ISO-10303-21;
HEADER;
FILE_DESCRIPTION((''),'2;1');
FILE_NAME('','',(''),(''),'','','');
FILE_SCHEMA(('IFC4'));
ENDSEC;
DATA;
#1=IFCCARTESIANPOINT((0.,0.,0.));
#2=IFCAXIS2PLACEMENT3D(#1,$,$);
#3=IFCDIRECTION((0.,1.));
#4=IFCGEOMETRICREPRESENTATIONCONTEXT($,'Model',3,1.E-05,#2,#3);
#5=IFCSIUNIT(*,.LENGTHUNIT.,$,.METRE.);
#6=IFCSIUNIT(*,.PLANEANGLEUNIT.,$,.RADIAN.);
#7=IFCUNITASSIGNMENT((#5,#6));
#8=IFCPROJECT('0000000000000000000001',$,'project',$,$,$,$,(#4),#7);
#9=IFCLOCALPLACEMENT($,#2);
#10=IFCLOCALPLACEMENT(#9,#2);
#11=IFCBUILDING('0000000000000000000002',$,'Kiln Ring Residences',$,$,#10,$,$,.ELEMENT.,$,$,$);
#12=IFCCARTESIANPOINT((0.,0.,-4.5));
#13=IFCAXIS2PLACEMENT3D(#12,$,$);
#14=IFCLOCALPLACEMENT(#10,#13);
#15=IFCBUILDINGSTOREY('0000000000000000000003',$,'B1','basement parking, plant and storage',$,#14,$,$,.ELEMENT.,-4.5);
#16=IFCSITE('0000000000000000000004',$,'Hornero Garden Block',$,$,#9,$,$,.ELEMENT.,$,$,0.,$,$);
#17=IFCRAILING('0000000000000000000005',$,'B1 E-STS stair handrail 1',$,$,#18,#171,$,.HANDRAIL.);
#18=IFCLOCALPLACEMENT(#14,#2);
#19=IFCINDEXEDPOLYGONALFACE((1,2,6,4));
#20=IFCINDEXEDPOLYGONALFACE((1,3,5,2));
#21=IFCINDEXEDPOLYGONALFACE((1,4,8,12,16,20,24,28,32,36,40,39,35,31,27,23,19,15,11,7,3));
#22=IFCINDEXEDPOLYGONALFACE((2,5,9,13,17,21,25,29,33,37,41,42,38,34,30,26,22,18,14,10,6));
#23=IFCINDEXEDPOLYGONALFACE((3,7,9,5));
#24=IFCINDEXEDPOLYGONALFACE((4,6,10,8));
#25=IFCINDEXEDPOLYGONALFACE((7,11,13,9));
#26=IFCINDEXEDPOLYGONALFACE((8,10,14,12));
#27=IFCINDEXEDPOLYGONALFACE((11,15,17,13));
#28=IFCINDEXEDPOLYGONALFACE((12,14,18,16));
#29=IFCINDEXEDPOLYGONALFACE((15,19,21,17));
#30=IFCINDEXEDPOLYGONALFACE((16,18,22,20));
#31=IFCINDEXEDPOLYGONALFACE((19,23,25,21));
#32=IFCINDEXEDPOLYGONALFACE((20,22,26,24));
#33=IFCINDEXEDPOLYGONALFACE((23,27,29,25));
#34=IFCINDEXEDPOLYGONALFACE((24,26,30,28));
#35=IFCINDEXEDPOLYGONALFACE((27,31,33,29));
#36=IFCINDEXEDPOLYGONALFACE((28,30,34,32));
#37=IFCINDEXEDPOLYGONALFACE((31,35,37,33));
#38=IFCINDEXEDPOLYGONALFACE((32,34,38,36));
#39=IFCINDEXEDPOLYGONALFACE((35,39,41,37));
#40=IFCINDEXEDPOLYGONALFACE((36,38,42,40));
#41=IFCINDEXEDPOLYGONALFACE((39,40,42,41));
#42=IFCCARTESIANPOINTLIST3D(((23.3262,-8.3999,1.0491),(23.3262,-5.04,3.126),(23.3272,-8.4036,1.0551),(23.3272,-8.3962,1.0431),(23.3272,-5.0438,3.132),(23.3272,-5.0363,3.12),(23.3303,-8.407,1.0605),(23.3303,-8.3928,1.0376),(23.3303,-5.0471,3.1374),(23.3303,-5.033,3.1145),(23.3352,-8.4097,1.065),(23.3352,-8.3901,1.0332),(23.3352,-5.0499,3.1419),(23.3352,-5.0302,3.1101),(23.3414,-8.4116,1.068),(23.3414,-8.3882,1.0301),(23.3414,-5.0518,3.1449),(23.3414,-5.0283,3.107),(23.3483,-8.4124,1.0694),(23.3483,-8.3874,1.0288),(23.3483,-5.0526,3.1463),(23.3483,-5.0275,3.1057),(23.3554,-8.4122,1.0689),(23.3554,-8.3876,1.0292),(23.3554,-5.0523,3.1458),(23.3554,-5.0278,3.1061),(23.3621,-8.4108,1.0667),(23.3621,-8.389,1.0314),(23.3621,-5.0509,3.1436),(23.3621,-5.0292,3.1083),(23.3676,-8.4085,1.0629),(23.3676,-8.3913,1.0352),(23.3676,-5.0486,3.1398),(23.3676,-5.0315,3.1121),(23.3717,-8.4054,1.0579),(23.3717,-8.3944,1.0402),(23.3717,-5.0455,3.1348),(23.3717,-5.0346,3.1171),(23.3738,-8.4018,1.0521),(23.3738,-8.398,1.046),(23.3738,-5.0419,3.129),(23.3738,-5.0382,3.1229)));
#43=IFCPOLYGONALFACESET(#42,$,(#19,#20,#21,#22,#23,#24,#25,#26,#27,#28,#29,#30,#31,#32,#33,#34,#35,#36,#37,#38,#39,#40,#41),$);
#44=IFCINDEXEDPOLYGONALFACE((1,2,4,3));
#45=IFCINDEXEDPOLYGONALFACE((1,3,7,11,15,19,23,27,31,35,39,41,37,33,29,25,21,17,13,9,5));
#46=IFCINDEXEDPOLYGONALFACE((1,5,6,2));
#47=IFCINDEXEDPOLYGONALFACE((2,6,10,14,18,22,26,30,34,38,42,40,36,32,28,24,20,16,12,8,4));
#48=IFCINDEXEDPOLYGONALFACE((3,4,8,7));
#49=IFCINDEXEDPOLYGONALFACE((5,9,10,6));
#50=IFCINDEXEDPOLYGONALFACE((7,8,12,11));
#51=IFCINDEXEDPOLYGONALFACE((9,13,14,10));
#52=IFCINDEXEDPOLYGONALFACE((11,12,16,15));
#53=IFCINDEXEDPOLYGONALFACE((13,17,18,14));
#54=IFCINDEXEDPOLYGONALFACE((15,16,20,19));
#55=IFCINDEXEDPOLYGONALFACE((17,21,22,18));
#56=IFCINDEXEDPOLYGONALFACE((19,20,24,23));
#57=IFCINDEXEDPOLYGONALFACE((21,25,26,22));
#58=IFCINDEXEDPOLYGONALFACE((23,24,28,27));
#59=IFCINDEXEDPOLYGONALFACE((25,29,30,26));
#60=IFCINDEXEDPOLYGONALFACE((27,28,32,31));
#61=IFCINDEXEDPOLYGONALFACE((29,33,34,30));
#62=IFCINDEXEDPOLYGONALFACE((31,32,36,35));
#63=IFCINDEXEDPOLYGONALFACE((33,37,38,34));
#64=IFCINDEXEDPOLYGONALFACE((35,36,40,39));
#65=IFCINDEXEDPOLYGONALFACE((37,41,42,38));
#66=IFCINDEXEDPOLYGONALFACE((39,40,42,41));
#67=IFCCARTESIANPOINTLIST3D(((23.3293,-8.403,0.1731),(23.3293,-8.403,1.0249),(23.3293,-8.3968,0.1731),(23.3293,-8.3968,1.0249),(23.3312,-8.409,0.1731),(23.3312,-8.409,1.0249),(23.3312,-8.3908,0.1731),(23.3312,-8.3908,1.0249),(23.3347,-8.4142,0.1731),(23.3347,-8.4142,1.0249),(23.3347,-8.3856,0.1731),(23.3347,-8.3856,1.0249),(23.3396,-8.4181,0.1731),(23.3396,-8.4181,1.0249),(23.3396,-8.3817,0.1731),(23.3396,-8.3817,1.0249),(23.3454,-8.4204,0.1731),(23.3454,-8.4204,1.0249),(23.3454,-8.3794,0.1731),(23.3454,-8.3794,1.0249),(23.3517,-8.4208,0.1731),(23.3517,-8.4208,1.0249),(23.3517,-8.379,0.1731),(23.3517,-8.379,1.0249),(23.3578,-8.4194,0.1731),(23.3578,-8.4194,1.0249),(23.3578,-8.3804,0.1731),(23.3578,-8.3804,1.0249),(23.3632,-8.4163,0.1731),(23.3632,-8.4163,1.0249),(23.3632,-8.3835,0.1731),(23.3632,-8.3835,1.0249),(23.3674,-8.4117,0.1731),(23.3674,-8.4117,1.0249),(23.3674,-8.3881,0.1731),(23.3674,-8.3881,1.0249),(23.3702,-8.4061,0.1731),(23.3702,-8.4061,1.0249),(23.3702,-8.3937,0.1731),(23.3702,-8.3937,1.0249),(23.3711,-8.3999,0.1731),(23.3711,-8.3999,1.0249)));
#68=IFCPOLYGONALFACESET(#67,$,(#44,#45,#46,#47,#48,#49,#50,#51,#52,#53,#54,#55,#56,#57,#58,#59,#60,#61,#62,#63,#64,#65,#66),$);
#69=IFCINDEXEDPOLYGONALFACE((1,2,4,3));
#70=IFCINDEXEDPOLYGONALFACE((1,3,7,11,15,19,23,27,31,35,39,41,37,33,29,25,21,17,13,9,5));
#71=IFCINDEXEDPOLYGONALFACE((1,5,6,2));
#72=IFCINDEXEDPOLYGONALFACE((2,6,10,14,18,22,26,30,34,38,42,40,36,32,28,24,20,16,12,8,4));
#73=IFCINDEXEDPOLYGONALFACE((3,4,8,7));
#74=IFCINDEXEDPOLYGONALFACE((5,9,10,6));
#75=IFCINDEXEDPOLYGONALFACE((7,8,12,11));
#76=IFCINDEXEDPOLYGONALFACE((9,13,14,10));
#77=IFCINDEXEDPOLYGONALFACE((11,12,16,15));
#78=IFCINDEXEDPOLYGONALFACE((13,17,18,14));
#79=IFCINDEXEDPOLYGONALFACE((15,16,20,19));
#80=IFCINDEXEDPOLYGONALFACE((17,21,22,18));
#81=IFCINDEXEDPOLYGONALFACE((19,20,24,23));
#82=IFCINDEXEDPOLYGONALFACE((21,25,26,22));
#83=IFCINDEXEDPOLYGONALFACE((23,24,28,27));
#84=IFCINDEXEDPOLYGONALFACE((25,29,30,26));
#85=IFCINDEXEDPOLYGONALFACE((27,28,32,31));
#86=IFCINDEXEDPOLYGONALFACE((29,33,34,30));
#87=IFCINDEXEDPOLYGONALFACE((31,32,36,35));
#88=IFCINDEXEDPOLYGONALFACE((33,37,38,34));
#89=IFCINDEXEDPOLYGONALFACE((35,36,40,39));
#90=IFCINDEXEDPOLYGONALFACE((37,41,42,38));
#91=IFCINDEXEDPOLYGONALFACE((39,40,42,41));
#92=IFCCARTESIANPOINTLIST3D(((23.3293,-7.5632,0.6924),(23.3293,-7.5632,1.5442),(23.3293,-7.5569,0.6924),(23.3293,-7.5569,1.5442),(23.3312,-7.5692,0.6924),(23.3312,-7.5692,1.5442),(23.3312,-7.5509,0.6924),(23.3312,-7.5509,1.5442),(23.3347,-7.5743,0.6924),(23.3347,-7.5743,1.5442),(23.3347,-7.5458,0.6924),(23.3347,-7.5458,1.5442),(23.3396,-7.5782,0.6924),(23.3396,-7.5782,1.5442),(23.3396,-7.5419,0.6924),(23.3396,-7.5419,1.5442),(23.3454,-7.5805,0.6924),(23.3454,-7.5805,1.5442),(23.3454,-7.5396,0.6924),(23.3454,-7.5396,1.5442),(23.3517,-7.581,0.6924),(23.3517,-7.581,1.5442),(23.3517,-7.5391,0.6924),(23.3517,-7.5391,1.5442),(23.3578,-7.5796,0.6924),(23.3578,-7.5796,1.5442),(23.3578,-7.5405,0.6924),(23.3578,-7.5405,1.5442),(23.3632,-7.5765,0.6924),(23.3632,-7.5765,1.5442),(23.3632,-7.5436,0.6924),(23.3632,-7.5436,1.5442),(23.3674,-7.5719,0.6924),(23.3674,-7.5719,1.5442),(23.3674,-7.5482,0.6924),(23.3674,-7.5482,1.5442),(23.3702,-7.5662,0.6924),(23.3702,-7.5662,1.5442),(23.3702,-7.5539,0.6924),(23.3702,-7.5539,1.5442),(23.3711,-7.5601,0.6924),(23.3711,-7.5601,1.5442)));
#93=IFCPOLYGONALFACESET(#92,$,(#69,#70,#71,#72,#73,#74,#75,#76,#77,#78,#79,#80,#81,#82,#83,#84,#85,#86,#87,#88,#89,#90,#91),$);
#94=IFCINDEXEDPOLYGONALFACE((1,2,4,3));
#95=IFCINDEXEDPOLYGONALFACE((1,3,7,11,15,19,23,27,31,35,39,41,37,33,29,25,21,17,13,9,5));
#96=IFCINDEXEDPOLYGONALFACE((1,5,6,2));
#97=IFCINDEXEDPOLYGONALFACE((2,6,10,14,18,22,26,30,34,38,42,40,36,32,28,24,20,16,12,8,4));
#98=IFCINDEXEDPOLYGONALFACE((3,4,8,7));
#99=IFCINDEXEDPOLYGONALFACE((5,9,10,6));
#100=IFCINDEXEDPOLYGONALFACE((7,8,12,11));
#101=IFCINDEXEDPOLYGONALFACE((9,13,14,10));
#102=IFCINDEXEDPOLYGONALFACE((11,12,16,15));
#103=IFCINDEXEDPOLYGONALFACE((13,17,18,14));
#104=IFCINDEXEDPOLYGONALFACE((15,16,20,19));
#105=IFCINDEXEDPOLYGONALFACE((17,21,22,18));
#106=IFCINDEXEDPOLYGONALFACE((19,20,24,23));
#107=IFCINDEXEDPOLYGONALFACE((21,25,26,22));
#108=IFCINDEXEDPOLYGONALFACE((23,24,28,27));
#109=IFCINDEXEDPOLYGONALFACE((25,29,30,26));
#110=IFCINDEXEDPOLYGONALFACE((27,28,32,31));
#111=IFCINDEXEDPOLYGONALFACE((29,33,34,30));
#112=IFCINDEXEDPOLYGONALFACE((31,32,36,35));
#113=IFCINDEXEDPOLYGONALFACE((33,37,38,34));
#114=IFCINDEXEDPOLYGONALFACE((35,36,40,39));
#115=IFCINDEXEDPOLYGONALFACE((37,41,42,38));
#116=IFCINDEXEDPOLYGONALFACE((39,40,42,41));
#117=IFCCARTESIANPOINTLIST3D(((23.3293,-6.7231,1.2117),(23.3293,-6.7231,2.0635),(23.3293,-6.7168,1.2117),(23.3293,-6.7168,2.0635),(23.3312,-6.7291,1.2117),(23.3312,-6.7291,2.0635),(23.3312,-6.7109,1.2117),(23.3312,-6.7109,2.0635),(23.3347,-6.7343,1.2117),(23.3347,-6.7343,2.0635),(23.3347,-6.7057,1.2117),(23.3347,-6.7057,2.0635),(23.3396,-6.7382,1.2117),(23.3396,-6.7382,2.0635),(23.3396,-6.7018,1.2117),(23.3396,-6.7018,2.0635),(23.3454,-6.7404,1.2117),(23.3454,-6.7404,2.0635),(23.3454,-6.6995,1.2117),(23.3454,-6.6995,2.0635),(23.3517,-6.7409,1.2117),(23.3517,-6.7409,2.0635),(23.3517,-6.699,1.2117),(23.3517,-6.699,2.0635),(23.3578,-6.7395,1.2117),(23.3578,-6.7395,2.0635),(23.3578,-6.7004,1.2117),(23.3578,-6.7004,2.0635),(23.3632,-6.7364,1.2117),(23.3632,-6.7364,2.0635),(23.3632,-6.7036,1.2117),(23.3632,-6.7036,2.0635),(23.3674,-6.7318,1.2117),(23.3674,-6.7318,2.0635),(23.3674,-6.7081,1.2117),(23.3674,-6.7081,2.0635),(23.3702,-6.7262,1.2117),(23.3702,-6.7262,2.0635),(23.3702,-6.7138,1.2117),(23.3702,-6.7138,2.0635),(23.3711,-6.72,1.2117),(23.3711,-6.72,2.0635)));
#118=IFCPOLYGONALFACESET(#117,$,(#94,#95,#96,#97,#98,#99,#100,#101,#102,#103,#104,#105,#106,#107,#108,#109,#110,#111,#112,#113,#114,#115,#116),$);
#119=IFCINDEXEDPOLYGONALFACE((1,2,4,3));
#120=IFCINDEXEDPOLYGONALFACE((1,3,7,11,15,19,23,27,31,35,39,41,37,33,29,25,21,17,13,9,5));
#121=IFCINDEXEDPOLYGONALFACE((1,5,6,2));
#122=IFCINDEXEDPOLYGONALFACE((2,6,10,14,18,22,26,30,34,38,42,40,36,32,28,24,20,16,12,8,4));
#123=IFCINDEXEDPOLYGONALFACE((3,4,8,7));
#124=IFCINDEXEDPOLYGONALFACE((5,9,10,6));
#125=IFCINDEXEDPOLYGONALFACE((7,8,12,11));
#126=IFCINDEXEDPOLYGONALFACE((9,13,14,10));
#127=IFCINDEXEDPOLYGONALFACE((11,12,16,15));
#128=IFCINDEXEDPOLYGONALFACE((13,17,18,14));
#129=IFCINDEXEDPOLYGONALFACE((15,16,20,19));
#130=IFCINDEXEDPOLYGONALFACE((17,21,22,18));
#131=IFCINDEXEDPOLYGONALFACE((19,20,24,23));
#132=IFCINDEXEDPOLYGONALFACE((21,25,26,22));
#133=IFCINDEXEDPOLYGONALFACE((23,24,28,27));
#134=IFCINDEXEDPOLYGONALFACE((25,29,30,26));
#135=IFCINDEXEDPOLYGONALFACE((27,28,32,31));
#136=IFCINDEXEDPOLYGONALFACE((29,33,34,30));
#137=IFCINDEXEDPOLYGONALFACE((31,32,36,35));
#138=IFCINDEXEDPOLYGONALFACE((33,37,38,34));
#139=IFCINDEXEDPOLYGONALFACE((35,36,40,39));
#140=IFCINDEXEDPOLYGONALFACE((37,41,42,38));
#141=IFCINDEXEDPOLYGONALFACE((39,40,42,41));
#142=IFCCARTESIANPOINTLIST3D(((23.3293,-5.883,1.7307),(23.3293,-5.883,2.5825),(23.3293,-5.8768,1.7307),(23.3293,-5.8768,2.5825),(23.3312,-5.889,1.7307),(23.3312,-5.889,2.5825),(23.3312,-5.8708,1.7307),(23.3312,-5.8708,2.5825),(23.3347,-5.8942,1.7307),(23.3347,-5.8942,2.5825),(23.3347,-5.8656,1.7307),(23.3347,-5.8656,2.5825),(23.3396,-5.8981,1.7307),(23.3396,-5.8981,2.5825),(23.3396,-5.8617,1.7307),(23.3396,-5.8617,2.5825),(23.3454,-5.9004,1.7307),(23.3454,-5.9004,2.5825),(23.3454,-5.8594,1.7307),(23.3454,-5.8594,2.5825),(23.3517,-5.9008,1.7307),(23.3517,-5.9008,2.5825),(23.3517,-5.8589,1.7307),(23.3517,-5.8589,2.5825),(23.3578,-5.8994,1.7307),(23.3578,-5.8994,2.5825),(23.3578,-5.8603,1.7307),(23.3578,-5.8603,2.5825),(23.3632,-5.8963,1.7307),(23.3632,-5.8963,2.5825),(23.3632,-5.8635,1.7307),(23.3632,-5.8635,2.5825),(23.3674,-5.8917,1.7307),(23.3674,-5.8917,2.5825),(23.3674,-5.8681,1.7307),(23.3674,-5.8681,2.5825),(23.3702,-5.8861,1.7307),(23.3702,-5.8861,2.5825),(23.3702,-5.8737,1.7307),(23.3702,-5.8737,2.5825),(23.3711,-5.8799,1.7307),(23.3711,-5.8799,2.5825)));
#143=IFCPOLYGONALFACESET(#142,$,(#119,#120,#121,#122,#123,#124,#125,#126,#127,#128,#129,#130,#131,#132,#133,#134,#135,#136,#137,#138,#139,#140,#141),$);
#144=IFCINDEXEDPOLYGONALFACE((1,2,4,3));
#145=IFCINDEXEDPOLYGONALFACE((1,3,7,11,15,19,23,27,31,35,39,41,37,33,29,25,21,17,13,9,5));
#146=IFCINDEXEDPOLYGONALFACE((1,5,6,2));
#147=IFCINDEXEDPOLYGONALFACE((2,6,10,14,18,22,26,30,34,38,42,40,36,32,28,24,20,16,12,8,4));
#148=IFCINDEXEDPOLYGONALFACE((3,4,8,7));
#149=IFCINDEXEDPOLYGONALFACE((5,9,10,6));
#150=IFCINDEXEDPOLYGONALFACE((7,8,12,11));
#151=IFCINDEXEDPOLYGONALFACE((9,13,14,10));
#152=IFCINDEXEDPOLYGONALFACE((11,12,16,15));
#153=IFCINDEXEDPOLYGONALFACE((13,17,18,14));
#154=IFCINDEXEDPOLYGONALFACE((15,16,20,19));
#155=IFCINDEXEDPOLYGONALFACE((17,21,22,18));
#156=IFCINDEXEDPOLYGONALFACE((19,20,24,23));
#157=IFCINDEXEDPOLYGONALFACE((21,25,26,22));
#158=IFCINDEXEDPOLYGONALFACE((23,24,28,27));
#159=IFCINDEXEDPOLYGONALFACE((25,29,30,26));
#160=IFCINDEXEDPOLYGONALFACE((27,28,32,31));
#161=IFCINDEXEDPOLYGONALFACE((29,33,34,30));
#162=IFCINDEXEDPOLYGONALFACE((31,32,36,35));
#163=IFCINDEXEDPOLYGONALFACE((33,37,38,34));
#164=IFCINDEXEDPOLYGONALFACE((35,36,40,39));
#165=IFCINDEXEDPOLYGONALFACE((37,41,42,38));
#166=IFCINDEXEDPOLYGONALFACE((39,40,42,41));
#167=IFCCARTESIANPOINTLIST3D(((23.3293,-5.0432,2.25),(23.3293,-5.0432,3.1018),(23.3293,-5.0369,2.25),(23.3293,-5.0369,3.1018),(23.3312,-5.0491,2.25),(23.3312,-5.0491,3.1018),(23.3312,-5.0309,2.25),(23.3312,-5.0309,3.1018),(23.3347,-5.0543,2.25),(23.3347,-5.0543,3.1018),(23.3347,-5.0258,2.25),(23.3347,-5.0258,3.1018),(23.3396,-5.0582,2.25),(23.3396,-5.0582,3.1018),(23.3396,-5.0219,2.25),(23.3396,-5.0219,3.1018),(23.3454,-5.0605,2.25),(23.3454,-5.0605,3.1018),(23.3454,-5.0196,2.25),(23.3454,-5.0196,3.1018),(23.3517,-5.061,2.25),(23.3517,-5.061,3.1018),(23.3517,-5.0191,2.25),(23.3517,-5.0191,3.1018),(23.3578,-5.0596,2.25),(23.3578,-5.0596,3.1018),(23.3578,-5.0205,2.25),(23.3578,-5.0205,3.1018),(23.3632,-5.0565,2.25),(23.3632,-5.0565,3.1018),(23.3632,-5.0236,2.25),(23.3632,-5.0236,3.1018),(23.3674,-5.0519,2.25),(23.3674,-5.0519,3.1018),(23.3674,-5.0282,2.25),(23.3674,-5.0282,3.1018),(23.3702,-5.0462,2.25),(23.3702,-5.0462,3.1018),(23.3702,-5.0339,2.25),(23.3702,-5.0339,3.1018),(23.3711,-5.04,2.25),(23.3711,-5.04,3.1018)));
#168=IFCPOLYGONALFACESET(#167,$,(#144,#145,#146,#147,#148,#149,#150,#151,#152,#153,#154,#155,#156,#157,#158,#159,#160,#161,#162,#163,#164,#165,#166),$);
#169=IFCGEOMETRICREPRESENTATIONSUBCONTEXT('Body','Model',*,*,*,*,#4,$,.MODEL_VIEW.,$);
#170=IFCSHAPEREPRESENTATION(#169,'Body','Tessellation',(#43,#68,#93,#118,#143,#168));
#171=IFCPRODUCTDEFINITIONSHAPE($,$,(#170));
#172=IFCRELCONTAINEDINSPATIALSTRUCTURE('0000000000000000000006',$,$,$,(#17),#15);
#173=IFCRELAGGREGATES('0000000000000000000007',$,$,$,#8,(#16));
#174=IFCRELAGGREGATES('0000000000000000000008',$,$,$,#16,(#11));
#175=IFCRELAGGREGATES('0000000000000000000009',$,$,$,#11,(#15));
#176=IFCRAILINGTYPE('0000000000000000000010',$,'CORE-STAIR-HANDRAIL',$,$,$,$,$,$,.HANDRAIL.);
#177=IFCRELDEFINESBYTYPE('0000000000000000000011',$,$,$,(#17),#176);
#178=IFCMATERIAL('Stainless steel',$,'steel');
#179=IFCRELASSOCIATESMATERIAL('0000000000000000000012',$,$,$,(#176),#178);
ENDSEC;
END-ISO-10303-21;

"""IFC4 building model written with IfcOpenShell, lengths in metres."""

from ifc_helpers import new_model, si_unit, direction, frame, origin, origin_2d, place, context, subcontext, project, spatial, circle, extrude, material, type_object, element, save


model = new_model("IFC4")

# Units and contexts
model_context = context("Model", 3, precision=1e-05, world=origin(), true_north=direction((0.0, 1.0)))
body_context = subcontext(model_context, "Body", "Model", "MODEL_VIEW")
ifc_project = project(units=[si_unit("LENGTHUNIT", "METRE"), si_unit("PLANEANGLEUNIT", "RADIAN")], contexts=[model_context])

# Site, building, storey
site_placement = place(None, origin())
site = spatial("IfcSite", under=ifc_project, at=site_placement, Name="Hornero Garden Block", CompositionType="ELEMENT", RefElevation=0.0)
building_placement = place(site_placement, origin())
building = spatial("IfcBuilding", under=site, at=building_placement, Name="Kiln Ring Residences", CompositionType="ELEMENT")
storey_placement = place(building_placement, frame((0.0, 0.0, -4.5)))
storey = spatial("IfcBuildingStorey", under=building, at=storey_placement, Name="B1", Description="basement parking, plant and storage", CompositionType="ELEMENT", Elevation=-4.5)

# Railing
ifc_material_1 = material(Name="Stainless steel", Category="steel")
railing_type_1 = type_object("IfcRailingType", Name="CORE-STAIR-HANDRAIL", PredefinedType="HANDRAIL", material=ifc_material_1)
railing_1_placement = place(storey_placement, frame((23.3501, -8.3999, 0.1731)))
element("IfcRailing", 1, at=railing_1_placement, inside=storey, type_object=railing_type_1, Name="B1 E-STS stair handrail 1", PredefinedType="HANDRAIL", context=body_context, shape_type="SweptSolid", body=[
    extrude(circle(Radius=0.0239, at=origin_2d()), frame((0.0, 0.0, 0.876), z_axis=(0.0, 0.850606, 0.525803), x_axis=(-1.0, 0.0, 0.0)), (0.0, 0.0, 1.0), 3.95),
    extrude(circle(Radius=0.021, at=origin_2d()), origin(), (0.0, 0.0, 1.0), 0.8518),
    extrude(circle(Radius=0.021, at=origin_2d()), frame((0.0, 0.8398, 0.5193)), (0.0, 0.0, 1.0), 0.8518),
    extrude(circle(Radius=0.021, at=origin_2d()), frame((0.0, 1.6799, 1.0386)), (0.0, 0.0, 1.0), 0.8518),
    extrude(circle(Radius=0.021, at=origin_2d()), frame((0.0, 2.52, 1.5576)), (0.0, 0.0, 1.0), 0.8518),
    extrude(circle(Radius=0.021, at=origin_2d()), frame((0.0, 3.3599, 2.0769)), (0.0, 0.0, 1.0), 0.8518),
])

save(model, "model.ifc")
